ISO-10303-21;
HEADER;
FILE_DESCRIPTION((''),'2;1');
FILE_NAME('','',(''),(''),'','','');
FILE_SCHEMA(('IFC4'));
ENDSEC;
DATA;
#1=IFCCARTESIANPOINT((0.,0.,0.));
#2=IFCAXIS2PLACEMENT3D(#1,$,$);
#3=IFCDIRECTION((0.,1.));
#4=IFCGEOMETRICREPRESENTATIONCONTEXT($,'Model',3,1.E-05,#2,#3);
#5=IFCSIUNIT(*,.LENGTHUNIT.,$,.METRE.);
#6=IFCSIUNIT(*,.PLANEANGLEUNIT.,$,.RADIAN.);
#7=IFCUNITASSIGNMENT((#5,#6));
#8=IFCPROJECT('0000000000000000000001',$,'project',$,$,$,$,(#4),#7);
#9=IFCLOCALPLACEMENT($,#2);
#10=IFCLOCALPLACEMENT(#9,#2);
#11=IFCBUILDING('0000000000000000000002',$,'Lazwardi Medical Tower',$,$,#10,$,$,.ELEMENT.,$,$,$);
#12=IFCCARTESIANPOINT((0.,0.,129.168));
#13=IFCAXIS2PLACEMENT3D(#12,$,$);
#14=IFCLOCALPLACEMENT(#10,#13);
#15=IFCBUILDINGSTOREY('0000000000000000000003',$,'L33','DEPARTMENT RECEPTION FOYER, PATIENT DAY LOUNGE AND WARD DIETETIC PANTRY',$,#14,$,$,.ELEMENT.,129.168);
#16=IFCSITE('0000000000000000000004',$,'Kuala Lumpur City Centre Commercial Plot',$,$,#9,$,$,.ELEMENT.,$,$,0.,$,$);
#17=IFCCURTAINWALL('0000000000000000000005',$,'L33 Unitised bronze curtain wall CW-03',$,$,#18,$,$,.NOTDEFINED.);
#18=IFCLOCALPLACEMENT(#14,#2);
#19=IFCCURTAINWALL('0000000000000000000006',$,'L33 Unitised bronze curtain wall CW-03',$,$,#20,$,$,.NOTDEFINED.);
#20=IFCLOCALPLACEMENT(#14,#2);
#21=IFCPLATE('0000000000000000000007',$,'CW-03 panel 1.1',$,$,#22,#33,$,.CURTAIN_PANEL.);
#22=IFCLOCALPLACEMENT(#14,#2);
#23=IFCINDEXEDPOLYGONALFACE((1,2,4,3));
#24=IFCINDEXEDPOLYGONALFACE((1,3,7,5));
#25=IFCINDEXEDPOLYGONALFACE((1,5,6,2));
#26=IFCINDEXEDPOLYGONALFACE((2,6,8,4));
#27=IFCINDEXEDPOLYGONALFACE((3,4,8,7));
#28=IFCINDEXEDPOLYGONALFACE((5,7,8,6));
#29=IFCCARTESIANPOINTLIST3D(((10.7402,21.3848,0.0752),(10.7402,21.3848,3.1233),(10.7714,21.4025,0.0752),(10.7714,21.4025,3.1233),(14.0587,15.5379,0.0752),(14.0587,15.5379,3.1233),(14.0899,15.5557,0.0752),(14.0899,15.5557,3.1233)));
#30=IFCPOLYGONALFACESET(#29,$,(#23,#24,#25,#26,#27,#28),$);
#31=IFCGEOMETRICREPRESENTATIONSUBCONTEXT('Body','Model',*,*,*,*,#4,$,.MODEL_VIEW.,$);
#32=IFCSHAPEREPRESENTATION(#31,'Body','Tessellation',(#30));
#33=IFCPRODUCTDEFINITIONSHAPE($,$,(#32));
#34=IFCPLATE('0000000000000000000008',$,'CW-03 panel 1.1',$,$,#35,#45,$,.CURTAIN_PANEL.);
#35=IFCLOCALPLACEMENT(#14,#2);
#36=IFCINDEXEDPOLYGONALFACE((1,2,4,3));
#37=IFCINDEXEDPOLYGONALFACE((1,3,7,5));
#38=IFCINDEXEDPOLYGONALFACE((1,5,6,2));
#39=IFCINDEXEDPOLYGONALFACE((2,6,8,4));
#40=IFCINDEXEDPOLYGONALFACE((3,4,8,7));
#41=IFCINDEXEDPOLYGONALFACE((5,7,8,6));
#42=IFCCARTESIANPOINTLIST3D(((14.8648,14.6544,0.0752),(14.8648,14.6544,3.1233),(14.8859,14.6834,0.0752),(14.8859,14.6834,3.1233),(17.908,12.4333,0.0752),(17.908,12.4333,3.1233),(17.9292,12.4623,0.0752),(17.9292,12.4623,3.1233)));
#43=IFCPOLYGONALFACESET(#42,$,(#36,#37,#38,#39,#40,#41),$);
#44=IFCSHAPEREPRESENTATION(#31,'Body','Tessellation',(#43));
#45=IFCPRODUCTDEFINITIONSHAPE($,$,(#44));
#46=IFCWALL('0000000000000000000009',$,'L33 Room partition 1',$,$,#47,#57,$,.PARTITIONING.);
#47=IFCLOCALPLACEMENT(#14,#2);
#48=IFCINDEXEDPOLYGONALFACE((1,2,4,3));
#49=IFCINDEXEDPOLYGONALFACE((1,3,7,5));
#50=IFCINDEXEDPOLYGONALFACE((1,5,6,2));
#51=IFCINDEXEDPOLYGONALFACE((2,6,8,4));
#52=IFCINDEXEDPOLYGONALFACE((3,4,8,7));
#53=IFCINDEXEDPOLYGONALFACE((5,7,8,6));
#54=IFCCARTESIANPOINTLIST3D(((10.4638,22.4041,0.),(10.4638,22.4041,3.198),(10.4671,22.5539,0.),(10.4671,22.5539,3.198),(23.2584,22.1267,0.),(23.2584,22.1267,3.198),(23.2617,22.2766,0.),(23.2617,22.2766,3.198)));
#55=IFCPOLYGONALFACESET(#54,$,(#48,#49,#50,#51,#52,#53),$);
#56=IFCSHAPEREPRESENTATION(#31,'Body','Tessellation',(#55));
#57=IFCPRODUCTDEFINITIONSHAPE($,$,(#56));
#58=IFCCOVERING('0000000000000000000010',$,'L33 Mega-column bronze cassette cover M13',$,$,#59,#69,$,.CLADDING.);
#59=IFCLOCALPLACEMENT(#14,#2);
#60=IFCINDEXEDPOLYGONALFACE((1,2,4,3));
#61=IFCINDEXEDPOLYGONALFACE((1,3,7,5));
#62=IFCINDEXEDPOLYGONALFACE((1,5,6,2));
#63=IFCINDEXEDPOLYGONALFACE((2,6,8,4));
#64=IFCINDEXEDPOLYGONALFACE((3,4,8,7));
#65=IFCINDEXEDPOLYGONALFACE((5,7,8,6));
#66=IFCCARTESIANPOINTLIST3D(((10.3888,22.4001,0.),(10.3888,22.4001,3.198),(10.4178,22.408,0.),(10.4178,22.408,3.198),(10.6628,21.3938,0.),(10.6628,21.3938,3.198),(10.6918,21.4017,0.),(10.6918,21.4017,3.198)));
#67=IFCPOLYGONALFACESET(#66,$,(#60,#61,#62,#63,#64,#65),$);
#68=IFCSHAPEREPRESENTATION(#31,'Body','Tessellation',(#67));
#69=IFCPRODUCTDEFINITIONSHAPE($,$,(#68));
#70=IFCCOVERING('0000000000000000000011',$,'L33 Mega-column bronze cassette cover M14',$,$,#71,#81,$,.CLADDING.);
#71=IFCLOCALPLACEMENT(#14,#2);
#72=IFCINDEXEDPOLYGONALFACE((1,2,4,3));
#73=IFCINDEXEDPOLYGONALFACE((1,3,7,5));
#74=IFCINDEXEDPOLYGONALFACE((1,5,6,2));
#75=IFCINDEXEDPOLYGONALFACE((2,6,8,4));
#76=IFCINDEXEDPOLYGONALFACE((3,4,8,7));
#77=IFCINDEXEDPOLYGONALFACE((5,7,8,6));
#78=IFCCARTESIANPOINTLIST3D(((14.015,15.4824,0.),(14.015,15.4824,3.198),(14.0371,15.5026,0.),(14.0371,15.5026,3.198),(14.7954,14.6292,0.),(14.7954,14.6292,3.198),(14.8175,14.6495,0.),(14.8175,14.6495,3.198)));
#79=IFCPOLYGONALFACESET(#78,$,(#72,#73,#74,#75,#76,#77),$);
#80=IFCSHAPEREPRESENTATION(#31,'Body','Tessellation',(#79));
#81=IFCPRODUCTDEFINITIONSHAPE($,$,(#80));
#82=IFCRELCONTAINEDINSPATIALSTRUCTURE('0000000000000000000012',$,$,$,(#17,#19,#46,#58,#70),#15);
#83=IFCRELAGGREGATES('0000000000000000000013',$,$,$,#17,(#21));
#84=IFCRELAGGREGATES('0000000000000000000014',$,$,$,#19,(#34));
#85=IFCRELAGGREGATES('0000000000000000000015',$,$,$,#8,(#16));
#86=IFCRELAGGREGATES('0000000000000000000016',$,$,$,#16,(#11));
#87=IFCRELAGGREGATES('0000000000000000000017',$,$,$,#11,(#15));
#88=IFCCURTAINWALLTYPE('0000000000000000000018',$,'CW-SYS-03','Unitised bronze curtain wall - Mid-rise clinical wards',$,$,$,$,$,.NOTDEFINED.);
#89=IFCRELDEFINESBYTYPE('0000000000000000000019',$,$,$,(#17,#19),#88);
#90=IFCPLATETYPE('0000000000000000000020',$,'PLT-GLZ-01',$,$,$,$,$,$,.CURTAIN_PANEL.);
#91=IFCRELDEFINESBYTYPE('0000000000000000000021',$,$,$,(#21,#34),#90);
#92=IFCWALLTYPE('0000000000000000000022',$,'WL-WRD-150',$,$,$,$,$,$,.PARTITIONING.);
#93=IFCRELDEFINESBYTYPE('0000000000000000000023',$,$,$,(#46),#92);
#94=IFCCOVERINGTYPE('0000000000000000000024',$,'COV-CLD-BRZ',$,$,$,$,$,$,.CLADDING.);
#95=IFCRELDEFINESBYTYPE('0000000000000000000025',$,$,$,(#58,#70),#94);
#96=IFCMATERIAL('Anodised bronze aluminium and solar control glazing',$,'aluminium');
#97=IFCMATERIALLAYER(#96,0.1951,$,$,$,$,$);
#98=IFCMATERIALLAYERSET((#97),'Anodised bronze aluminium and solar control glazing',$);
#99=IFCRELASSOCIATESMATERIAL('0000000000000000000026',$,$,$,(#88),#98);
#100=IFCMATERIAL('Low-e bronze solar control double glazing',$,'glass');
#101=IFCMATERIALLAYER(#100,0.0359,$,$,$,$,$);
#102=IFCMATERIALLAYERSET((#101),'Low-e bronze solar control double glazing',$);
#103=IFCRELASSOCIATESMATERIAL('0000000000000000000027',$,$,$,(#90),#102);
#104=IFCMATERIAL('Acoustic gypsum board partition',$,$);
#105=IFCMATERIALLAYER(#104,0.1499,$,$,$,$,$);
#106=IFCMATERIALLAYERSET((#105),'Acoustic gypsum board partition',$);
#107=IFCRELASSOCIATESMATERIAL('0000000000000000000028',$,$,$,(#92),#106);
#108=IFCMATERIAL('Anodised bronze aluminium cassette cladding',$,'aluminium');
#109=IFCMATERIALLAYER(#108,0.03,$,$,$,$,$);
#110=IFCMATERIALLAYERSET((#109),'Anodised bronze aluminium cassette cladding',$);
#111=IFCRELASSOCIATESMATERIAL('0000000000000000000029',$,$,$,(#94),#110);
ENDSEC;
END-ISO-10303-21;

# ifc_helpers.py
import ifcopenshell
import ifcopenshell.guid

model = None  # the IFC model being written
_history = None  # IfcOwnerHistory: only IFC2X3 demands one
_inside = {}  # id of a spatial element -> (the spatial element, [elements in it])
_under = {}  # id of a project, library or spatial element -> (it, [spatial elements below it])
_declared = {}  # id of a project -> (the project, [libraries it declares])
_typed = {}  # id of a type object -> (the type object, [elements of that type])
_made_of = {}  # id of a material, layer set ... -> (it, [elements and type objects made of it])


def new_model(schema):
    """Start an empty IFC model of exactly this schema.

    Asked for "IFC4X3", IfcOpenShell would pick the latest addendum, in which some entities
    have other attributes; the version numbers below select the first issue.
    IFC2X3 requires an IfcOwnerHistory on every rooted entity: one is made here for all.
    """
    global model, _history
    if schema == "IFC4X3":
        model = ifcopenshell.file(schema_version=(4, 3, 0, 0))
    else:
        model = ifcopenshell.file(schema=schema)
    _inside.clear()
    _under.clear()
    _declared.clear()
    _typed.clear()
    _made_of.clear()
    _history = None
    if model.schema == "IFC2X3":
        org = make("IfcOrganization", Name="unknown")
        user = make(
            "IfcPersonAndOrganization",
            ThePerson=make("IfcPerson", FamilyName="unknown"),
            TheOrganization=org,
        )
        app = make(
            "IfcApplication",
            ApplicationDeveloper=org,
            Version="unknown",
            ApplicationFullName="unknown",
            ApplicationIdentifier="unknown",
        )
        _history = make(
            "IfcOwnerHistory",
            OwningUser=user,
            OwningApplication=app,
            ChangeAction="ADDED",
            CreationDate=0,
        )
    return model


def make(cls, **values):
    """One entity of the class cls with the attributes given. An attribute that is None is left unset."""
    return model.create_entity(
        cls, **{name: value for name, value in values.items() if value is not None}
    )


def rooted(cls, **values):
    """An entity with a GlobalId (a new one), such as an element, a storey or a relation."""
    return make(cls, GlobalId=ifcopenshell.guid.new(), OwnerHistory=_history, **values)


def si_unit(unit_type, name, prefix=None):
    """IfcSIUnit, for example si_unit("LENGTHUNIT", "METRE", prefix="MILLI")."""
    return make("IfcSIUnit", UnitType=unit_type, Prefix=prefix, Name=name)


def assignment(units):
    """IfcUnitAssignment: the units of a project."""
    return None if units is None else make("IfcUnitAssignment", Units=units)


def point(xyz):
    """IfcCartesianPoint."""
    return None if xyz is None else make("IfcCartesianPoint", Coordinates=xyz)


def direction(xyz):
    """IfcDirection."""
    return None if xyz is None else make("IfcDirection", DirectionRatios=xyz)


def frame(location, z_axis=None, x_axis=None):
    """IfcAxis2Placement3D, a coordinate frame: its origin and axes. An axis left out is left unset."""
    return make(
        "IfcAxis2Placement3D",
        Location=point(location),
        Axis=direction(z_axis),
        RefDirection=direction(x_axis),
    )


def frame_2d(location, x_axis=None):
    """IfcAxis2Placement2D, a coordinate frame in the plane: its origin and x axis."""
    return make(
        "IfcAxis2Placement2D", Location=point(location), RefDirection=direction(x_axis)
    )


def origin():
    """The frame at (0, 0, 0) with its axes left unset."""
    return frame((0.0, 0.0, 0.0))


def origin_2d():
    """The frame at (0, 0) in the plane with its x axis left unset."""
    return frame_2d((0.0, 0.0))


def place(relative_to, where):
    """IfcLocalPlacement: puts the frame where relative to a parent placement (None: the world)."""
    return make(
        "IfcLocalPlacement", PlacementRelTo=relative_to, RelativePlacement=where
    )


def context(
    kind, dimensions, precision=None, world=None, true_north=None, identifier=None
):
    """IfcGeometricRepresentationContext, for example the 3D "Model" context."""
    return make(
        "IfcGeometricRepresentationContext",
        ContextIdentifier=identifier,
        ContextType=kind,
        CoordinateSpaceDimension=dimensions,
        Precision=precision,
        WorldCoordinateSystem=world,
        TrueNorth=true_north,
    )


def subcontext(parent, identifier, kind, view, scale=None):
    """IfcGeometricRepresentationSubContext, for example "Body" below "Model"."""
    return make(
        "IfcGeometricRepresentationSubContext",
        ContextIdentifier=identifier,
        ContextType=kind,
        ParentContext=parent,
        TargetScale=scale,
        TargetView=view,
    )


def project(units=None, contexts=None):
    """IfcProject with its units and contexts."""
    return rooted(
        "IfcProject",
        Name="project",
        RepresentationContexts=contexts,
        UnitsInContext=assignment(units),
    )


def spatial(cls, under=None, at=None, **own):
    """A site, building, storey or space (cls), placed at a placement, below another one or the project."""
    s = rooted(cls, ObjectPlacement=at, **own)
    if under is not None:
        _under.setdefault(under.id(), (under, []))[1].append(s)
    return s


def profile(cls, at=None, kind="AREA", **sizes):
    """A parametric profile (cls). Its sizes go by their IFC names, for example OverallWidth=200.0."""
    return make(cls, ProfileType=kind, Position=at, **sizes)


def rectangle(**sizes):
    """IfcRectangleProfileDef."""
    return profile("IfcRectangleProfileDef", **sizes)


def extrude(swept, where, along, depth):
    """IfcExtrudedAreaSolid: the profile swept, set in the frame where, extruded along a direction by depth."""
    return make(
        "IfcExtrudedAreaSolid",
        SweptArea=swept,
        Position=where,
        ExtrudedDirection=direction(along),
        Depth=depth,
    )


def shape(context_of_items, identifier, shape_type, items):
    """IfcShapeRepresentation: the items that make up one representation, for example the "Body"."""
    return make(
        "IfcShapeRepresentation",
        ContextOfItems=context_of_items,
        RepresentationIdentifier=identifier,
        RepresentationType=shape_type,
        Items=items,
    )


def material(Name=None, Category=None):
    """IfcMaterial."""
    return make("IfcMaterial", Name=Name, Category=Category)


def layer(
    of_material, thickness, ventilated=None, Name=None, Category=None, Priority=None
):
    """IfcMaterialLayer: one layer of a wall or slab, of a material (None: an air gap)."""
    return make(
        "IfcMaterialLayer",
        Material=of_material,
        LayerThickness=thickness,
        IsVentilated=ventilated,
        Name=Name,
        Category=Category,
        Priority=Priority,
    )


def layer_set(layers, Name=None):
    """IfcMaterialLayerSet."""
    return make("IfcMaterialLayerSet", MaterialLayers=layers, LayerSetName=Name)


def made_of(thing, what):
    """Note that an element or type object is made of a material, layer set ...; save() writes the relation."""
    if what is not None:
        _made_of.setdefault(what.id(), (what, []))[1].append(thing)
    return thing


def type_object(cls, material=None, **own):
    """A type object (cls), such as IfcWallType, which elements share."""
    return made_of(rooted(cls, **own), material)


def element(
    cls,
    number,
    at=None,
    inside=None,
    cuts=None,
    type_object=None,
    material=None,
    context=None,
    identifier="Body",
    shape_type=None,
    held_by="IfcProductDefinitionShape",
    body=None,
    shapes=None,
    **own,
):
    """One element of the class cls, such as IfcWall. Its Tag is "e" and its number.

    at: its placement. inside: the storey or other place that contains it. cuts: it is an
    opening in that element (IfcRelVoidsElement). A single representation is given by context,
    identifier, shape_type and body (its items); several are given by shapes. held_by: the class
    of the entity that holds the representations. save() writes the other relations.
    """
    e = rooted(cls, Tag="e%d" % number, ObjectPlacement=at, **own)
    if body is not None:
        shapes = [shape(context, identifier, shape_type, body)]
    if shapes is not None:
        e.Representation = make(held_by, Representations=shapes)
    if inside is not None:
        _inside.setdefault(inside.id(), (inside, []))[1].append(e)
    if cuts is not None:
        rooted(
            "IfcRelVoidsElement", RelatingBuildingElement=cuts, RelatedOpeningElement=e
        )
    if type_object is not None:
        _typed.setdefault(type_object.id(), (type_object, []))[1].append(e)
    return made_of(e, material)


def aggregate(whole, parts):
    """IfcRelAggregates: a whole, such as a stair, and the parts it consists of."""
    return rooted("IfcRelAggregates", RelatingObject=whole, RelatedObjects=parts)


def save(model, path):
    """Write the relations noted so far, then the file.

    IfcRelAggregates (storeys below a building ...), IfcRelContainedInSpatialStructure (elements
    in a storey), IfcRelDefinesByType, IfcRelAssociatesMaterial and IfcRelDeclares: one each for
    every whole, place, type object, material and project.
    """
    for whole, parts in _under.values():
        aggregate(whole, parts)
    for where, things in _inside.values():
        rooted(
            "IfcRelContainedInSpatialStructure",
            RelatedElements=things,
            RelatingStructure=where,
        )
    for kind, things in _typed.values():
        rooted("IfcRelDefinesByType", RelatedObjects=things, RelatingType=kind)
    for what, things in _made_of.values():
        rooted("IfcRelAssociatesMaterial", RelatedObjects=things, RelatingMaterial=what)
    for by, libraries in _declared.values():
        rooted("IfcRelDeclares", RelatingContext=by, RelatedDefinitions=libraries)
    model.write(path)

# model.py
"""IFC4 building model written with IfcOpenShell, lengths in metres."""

from ifc_helpers import new_model, si_unit, direction, frame, frame_2d, origin, origin_2d, place, context, subcontext, project, spatial, rectangle, extrude, material, layer, layer_set, type_object, element, aggregate, save


model = new_model("IFC4")

# Units and contexts
model_context = context("Model", 3, precision=1e-05, world=origin(), true_north=direction((0.0, 1.0)))
body_context = subcontext(model_context, "Body", "Model", "MODEL_VIEW")
ifc_project = project(units=[si_unit("LENGTHUNIT", "METRE"), si_unit("PLANEANGLEUNIT", "RADIAN")], contexts=[model_context])

# Site, building, storey
site_placement = place(None, origin())
site = spatial("IfcSite", under=ifc_project, at=site_placement, Name="Kuala Lumpur City Centre Commercial Plot", CompositionType="ELEMENT", RefElevation=0.0)
building_placement = place(site_placement, origin())
building = spatial("IfcBuilding", under=site, at=building_placement, Name="Lazwardi Medical Tower", CompositionType="ELEMENT")
storey_placement = place(building_placement, frame((0.0, 0.0, 129.168)))
storey = spatial("IfcBuildingStorey", under=building, at=storey_placement, Name="L33", Description="DEPARTMENT RECEPTION FOYER, PATIENT DAY LOUNGE AND WARD DIETETIC PANTRY", CompositionType="ELEMENT", Elevation=129.168)

# Shared definitions
ifc_material_1 = material(Name="Anodised bronze aluminium and solar control glazing", Category="aluminium")
ifc_layer_1 = layer(ifc_material_1, 0.1951)
ifc_layer_set_1 = layer_set([ifc_layer_1], Name="Anodised bronze aluminium and solar control glazing")
curtain_wall_type = type_object("IfcCurtainWallType", Name="CW-SYS-03", Description="Unitised bronze curtain wall - Mid-rise clinical wards", PredefinedType="NOTDEFINED", material=ifc_layer_set_1)

# Curtain walls
curtain_wall_1_placement = place(storey_placement, origin())
curtain_wall_1 = element("IfcCurtainWall", 1, at=curtain_wall_1_placement, inside=storey, type_object=curtain_wall_type, Name="L33 Unitised bronze curtain wall CW-03", PredefinedType="NOTDEFINED")
curtain_wall_2_placement = place(storey_placement, origin())
curtain_wall_2 = element("IfcCurtainWall", 2, at=curtain_wall_2_placement, inside=storey, type_object=curtain_wall_type, Name="L33 Unitised bronze curtain wall CW-03", PredefinedType="NOTDEFINED")

# Plates
ifc_material_2 = material(Name="Low-e bronze solar control double glazing", Category="glass")
ifc_layer_2 = layer(ifc_material_2, 0.0359)
ifc_layer_set_2 = layer_set([ifc_layer_2], Name="Low-e bronze solar control double glazing")
plate_type = type_object("IfcPlateType", Name="PLT-GLZ-01", PredefinedType="CURTAIN_PANEL", material=ifc_layer_set_2)
plate_1_placement = place(storey_placement, frame((12.415, 18.4702, 0.0752), z_axis=(0.0, 0.0, 1.0), x_axis=(0.493603, -0.869687, 0.0)))
plate_1 = element("IfcPlate", 3, at=plate_1_placement, type_object=plate_type, Name="CW-03 panel 1.1", PredefinedType="CURTAIN_PANEL", context=body_context, shape_type="SweptSolid", body=[
    extrude(rectangle(XDim=6.7229, YDim=0.0359, at=origin_2d()), origin(), (0.0, 0.0, 1.0), 3.0481),
])
aggregate(curtain_wall_1, [plate_1])
plate_2_placement = place(storey_placement, frame((16.397, 13.5583, 0.0752), z_axis=(0.0, 0.0, 1.0), x_axis=(0.807746, -0.589531, 0.0)))
plate_2 = element("IfcPlate", 4, at=plate_2_placement, type_object=plate_type, Name="CW-03 panel 1.1", PredefinedType="CURTAIN_PANEL", context=body_context, shape_type="SweptSolid", body=[
    extrude(rectangle(XDim=3.7676, YDim=0.0359, at=origin_2d()), origin(), (0.0, 0.0, 1.0), 3.0481),
])
aggregate(curtain_wall_2, [plate_2])

# Wall
ifc_material_3 = material(Name="Acoustic gypsum board partition")
ifc_layer_3 = layer(ifc_material_3, 0.1499)
ifc_layer_set_3 = layer_set([ifc_layer_3], Name="Acoustic gypsum board partition")
wall_type = type_object("IfcWallType", Name="WL-WRD-150", PredefinedType="PARTITIONING", material=ifc_layer_set_3)
wall_placement = place(storey_placement, frame((10.4653, 22.479, 0.0), z_axis=(0.0, 0.0, 1.0), x_axis=(0.999765, -0.021671, 0.0)))
element("IfcWall", 5, at=wall_placement, inside=storey, type_object=wall_type, Name="L33 Room partition 1", PredefinedType="PARTITIONING", context=body_context, shape_type="SweptSolid", body=[
    extrude(rectangle(XDim=12.7976, YDim=0.1499, at=frame_2d((6.3989, 0.0))), origin(), (0.0, 0.0, 1.0), 3.198),
])

# Coverings
ifc_material_4 = material(Name="Anodised bronze aluminium cassette cladding", Category="aluminium")
ifc_layer_4 = layer(ifc_material_4, 0.03)
ifc_layer_set_4 = layer_set([ifc_layer_4], Name="Anodised bronze aluminium cassette cladding")
covering_type = type_object("IfcCoveringType", Name="COV-CLD-BRZ", PredefinedType="CLADDING", material=ifc_layer_set_4)
covering_1_placement = place(storey_placement, frame((10.5403, 21.9009, 0.0), z_axis=(0.0, 0.0, 1.0), x_axis=(0.262696, -0.964879, 0.0)))
element("IfcCovering", 6, at=covering_1_placement, inside=storey, type_object=covering_type, Name="L33 Mega-column bronze cassette cover M13", PredefinedType="CLADDING", context=body_context, shape_type="SweptSolid", body=[
    extrude(rectangle(XDim=1.043, YDim=0.03, at=origin_2d()), origin(), (0.0, 0.0, 1.0), 3.198),
])
covering_2_placement = place(storey_placement, frame((14.4163, 15.0659, 0.0), z_axis=(0.0, 0.0, 1.0), x_axis=(0.674926, -0.737885, 0.0)))
element("IfcCovering", 7, at=covering_2_placement, inside=storey, type_object=covering_type, Name="L33 Mega-column bronze cassette cover M14", PredefinedType="CLADDING", context=body_context, shape_type="SweptSolid", body=[
    extrude(rectangle(XDim=1.1562, YDim=0.03, at=origin_2d()), origin(), (0.0, 0.0, 1.0), 3.198),
])

save(model, "model.ifc")
